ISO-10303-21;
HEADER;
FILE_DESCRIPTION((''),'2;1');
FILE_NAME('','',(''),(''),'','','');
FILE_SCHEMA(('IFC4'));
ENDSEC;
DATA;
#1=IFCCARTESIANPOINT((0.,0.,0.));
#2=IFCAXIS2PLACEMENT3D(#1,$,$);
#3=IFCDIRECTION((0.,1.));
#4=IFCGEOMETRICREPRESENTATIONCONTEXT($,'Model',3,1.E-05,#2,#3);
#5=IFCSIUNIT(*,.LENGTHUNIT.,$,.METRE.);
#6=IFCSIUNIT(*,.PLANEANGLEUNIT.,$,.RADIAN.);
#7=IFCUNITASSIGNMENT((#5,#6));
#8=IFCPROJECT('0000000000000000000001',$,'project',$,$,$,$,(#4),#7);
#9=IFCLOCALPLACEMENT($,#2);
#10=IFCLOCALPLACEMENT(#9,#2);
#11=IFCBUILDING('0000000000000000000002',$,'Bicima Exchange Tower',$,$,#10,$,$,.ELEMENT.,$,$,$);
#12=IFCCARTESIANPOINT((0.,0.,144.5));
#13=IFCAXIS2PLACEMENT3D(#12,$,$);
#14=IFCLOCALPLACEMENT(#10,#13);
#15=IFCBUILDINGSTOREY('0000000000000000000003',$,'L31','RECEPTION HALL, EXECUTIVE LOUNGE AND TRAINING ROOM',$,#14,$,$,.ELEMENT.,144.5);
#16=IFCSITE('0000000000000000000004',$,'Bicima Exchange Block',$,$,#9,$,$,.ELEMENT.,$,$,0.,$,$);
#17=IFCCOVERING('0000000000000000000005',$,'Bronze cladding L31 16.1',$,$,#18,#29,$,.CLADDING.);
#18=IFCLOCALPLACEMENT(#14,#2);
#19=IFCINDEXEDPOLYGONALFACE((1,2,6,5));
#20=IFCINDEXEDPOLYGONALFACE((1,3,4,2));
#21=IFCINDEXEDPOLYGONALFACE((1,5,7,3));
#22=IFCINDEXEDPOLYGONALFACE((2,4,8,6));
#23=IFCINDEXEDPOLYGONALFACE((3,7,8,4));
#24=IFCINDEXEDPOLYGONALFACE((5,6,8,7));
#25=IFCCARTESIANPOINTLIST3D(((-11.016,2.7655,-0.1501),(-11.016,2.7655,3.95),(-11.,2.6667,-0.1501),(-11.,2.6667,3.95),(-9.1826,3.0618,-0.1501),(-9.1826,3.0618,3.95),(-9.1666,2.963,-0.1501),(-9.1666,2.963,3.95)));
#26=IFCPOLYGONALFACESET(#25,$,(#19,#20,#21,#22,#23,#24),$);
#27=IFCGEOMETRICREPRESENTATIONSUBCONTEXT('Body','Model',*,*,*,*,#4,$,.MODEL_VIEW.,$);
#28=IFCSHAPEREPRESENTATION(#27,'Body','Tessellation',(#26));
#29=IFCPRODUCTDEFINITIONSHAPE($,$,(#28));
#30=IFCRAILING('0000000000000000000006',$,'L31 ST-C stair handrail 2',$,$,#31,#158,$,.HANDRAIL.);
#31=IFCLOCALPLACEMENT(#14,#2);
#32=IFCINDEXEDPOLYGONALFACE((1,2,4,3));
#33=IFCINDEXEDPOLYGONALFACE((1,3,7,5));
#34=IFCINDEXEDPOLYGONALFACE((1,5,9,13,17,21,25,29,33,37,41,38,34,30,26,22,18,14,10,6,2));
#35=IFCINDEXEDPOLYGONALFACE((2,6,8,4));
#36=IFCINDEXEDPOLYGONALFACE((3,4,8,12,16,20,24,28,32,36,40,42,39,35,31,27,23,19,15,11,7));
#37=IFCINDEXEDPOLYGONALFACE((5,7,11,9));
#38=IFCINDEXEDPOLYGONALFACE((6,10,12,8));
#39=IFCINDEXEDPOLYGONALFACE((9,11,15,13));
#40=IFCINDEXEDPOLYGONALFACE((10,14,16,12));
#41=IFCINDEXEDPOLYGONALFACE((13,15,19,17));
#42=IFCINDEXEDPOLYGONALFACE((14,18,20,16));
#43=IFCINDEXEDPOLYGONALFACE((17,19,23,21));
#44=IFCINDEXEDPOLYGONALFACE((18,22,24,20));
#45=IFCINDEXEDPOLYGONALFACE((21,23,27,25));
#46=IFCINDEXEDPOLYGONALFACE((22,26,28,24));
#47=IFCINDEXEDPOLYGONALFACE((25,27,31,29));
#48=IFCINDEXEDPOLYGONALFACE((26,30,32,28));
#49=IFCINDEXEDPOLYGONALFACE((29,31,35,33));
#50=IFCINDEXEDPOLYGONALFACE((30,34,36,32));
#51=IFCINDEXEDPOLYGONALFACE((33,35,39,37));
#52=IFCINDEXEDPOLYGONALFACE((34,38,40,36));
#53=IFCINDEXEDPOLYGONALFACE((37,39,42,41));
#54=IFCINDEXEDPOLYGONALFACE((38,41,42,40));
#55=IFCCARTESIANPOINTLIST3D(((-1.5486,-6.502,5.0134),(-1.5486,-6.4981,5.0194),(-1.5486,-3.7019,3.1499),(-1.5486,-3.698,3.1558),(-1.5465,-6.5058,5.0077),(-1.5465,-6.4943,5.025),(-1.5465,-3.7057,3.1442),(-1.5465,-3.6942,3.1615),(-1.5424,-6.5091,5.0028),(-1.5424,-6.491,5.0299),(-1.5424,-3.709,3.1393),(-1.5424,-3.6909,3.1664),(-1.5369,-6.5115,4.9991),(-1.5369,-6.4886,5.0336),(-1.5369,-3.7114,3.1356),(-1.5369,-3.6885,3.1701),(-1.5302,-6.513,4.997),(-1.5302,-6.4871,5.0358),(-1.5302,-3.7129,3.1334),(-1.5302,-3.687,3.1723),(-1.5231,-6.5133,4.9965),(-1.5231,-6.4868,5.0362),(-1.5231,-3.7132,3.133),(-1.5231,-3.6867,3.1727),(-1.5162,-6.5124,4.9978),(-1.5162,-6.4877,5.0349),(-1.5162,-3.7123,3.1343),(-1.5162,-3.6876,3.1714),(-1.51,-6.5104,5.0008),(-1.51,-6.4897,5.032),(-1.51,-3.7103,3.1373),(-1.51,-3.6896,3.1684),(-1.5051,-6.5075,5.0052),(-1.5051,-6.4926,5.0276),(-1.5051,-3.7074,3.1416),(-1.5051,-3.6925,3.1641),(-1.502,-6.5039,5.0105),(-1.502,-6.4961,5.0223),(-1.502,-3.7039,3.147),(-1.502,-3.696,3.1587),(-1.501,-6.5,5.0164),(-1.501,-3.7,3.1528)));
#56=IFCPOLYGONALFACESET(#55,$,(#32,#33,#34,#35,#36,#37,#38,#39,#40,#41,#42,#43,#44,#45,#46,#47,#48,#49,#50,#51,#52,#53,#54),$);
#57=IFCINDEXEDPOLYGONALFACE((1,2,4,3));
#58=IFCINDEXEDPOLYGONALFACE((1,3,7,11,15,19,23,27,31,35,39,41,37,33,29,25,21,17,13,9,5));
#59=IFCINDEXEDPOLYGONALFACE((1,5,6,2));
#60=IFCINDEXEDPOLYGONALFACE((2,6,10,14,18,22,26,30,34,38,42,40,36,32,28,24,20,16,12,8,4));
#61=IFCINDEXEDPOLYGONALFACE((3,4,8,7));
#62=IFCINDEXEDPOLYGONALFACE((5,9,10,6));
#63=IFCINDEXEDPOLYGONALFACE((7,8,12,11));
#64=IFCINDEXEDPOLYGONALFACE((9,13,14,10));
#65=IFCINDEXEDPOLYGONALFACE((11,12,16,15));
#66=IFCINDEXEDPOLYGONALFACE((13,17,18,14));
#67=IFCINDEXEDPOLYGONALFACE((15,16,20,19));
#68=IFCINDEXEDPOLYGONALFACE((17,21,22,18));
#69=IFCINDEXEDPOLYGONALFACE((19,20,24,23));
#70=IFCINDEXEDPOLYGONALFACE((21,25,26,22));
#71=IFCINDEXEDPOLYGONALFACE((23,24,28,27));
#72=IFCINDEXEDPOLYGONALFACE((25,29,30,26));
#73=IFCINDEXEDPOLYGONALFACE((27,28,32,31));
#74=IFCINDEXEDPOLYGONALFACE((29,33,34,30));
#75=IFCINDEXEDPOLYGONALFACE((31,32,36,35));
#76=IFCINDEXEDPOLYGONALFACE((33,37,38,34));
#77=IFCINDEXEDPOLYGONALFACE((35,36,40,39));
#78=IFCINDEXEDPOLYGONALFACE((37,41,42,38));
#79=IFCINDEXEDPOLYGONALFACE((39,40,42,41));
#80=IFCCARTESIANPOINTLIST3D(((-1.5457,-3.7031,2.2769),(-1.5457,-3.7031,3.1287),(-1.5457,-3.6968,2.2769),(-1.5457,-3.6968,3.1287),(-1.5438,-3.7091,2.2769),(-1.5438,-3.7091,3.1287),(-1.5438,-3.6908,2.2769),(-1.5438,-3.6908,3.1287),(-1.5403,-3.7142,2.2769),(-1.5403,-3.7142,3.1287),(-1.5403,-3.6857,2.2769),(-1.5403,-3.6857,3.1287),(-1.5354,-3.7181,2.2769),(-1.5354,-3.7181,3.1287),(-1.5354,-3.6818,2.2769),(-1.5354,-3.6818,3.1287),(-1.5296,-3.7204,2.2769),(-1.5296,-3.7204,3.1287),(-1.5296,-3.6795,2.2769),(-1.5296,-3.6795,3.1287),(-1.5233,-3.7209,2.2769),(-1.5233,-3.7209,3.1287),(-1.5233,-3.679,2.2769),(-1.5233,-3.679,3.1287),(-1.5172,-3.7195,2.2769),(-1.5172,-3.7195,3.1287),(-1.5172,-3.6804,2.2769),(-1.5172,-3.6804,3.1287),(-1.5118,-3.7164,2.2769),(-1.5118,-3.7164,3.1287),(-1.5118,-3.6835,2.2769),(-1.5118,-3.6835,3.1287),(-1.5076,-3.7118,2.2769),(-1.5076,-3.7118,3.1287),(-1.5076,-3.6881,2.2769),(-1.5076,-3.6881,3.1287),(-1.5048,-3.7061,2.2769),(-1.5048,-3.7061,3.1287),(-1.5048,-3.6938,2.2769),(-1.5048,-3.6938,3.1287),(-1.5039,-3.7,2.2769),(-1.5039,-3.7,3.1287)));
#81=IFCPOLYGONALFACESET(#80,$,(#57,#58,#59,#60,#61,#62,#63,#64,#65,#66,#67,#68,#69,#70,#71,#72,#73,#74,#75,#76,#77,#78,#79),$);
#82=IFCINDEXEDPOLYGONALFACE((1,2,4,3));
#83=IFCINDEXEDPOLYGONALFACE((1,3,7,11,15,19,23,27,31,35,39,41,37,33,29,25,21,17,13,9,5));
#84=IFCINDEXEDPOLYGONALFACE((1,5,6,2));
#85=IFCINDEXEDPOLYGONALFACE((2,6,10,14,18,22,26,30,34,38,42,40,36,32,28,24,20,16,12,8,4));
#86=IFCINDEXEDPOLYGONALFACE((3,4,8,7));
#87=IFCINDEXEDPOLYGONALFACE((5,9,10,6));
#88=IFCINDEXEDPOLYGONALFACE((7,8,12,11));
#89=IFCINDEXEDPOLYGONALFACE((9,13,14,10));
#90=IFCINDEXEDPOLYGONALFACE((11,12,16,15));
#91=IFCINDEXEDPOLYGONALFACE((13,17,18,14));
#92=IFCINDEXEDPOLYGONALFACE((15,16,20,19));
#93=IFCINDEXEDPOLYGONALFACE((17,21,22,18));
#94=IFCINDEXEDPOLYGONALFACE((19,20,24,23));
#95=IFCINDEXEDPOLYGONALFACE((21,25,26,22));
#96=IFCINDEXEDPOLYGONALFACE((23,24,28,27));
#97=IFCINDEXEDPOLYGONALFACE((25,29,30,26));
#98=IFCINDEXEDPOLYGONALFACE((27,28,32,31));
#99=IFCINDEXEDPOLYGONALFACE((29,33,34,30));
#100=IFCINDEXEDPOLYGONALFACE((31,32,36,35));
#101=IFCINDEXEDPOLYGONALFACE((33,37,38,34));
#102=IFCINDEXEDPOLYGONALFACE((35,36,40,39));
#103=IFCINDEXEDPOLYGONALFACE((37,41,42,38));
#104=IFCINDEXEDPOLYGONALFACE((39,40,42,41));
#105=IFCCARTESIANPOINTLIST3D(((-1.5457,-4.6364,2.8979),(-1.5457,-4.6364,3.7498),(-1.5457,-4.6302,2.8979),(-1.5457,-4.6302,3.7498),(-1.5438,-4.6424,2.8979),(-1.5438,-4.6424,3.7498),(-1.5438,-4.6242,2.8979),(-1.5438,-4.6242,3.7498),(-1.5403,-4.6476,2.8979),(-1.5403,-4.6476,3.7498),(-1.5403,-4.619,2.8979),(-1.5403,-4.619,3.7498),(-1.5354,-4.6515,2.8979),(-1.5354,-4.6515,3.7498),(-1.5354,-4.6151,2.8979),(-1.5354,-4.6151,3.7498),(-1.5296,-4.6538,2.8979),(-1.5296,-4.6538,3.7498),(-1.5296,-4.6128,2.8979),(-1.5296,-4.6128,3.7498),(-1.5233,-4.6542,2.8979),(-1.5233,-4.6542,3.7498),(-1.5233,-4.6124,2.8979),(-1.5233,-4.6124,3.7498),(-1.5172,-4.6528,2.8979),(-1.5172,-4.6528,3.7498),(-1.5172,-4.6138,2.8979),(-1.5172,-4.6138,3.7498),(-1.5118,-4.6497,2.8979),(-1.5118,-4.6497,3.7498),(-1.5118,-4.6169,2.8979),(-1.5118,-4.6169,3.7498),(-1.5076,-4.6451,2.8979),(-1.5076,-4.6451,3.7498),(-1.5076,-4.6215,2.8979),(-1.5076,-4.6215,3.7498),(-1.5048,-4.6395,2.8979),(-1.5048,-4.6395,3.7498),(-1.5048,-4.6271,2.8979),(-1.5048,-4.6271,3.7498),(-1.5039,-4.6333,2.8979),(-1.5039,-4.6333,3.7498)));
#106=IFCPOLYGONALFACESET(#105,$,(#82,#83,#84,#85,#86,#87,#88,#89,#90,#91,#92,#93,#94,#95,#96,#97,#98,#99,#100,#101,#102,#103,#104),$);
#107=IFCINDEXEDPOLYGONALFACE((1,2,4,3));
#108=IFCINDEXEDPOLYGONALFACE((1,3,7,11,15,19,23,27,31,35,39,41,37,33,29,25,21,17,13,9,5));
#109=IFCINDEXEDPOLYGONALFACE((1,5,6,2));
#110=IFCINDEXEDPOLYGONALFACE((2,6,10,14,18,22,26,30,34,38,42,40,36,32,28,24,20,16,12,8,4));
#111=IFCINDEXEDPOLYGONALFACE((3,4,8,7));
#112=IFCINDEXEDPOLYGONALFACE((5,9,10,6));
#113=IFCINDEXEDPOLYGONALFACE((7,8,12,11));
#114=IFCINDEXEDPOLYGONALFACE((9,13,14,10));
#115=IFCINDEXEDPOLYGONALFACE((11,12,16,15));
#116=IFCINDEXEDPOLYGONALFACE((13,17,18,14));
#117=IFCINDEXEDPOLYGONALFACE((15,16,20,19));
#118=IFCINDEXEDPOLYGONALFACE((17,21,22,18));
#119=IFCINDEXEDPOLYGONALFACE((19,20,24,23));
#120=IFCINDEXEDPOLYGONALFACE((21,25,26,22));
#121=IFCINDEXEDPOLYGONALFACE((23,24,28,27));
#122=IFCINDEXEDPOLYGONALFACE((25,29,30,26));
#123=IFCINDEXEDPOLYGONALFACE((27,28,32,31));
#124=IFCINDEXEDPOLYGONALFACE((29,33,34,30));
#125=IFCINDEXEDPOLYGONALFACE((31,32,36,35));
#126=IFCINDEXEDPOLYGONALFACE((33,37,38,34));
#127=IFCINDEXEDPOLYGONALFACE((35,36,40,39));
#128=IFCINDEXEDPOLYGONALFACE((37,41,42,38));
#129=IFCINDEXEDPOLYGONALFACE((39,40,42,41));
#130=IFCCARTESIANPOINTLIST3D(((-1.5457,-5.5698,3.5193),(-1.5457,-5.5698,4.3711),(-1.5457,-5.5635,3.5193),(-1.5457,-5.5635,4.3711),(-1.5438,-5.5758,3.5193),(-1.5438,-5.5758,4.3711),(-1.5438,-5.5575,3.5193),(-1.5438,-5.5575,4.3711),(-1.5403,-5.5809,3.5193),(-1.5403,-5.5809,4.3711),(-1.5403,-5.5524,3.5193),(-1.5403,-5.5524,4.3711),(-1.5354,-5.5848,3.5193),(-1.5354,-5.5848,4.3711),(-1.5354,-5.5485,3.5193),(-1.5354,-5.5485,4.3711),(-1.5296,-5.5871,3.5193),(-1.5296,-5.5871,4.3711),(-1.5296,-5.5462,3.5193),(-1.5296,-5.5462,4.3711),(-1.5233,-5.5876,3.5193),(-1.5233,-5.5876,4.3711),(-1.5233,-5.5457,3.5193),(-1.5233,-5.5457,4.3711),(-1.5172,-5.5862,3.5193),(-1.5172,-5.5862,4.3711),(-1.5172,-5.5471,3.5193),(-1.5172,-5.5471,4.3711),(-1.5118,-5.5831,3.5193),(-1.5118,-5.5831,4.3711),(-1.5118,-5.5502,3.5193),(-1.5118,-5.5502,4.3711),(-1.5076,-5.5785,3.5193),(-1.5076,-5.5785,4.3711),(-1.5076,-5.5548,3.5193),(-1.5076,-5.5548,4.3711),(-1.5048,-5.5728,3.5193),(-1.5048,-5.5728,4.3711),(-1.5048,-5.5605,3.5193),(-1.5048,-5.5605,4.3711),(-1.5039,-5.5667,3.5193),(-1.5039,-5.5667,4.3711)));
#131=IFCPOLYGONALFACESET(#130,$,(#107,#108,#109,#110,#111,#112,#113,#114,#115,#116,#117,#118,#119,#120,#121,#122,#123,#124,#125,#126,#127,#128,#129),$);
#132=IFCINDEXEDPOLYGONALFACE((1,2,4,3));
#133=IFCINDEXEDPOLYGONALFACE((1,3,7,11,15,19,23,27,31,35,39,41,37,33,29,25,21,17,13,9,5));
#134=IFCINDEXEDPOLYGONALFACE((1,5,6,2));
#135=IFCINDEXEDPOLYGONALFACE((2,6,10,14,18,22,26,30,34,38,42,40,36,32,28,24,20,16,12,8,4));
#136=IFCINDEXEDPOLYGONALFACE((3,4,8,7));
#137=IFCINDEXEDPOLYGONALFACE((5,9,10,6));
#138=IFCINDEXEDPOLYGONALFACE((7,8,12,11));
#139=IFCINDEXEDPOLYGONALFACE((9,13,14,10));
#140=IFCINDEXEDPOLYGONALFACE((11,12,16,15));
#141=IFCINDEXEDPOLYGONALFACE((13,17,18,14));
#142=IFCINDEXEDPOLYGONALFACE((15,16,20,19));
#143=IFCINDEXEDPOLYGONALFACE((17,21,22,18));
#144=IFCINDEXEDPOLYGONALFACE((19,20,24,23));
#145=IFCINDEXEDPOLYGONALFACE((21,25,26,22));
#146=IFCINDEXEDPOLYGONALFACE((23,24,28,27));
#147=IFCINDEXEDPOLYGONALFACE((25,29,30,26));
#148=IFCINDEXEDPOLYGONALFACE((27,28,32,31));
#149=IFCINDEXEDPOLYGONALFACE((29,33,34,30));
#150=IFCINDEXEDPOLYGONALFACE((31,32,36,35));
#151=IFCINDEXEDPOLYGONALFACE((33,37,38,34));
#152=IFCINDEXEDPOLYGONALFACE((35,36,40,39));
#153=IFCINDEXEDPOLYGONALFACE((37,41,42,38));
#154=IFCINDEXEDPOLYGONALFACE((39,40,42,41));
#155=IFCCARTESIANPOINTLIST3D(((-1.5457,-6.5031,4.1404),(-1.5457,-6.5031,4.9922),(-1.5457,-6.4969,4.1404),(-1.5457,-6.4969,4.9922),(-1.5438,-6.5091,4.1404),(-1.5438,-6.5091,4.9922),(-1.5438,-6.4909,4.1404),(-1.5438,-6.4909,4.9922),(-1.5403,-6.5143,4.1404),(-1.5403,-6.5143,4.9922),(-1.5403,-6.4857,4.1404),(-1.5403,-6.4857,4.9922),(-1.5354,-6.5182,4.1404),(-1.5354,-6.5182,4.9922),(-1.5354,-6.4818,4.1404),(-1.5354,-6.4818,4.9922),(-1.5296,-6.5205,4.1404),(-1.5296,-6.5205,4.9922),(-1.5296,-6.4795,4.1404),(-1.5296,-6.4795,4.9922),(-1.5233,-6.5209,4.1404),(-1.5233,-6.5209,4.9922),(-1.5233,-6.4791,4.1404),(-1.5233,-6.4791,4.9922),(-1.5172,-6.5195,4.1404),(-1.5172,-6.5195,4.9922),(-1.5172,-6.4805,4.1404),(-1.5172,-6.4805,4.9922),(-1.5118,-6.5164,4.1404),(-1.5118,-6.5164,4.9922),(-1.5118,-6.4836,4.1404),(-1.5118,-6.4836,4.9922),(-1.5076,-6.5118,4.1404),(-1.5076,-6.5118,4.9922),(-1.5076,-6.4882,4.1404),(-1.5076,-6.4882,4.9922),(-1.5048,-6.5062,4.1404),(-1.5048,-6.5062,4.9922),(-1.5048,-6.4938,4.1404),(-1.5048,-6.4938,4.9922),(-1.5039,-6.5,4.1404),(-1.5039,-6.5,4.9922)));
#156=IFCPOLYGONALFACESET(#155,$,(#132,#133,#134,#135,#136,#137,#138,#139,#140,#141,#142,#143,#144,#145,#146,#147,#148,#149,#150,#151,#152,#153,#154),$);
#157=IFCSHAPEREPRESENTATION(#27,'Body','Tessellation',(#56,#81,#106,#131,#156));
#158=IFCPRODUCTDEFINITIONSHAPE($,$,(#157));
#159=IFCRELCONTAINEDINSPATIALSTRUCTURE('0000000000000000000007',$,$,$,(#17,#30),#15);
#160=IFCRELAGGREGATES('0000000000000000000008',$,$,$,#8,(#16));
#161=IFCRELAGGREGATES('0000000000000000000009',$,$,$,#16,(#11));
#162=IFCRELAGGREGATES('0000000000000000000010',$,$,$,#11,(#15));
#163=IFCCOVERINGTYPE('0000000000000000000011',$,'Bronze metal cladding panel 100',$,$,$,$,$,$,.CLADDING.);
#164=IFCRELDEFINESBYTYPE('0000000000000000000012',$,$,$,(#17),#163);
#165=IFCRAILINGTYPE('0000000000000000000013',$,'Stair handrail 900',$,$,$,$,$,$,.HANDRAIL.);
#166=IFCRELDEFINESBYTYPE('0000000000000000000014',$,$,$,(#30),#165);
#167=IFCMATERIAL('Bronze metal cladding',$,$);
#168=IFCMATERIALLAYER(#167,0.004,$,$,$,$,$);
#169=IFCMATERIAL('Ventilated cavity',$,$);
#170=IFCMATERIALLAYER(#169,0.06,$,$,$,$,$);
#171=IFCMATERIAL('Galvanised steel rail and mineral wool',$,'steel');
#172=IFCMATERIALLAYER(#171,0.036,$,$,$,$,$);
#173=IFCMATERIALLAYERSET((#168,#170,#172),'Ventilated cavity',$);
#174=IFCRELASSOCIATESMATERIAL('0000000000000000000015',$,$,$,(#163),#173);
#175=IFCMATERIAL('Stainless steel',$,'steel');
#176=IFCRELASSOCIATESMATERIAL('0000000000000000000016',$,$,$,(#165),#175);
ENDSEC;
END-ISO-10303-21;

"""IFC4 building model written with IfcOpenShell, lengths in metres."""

from ifc_helpers import new_model, si_unit, direction, frame, origin, origin_2d, place, context, subcontext, project, spatial, rectangle, circle, extrude, material, layer, layer_set, type_object, element, save


model = new_model("IFC4")

# Units and contexts
model_context = context("Model", 3, precision=1e-05, world=origin(), true_north=direction((0.0, 1.0)))
body_context = subcontext(model_context, "Body", "Model", "MODEL_VIEW")
ifc_project = project(units=[si_unit("LENGTHUNIT", "METRE"), si_unit("PLANEANGLEUNIT", "RADIAN")], contexts=[model_context])

# Site, building, storey
site_placement = place(None, origin())
site = spatial("IfcSite", under=ifc_project, at=site_placement, Name="Bicima Exchange Block", CompositionType="ELEMENT", RefElevation=0.0)
building_placement = place(site_placement, origin())
building = spatial("IfcBuilding", under=site, at=building_placement, Name="Bicima Exchange Tower", CompositionType="ELEMENT")
storey_placement = place(building_placement, frame((0.0, 0.0, 144.5)))
storey = spatial("IfcBuildingStorey", under=building, at=storey_placement, Name="L31", Description="RECEPTION HALL, EXECUTIVE LOUNGE AND TRAINING ROOM", CompositionType="ELEMENT", Elevation=144.5)

# Covering
ifc_material_1 = material(Name="Bronze metal cladding")
ifc_layer_1 = layer(ifc_material_1, 0.004)
ifc_material_2 = material(Name="Ventilated cavity")
ifc_layer_2 = layer(ifc_material_2, 0.06)
ifc_material_3 = material(Name="Galvanised steel rail and mineral wool", Category="steel")
ifc_layer_3 = layer(ifc_material_3, 0.036)
ifc_layer_set_1 = layer_set([ifc_layer_1, ifc_layer_2, ifc_layer_3], Name="Ventilated cavity")
covering_type = type_object("IfcCoveringType", Name="Bronze metal cladding panel 100", PredefinedType="CLADDING", material=ifc_layer_set_1)
covering_1_placement = place(storey_placement, frame((-10.0913, 2.8643, -0.1501), z_axis=(0.0, 0.0, 1.0), x_axis=(-0.98719, -0.15955, 0.0)))
element("IfcCovering", 1, at=covering_1_placement, inside=storey, type_object=covering_type, Name="Bronze cladding L31 16.1", PredefinedType="CLADDING", context=body_context, shape_type="SweptSolid", body=[
    extrude(rectangle(XDim=1.8572, YDim=0.1001, at=origin_2d()), origin(), (0.0, 0.0, 1.0), 4.1001),
])

# Railing
ifc_material_4 = material(Name="Stainless steel", Category="steel")
railing_type = type_object("IfcRailingType", Name="Stair handrail 900", PredefinedType="HANDRAIL", material=ifc_material_4)
railing_placement = place(storey_placement, frame((-1.5249, -3.7, 2.2769)))
element("IfcRailing", 2, at=railing_placement, inside=storey, type_object=railing_type, Name="L31 ST-C stair handrail 2", PredefinedType="HANDRAIL", context=body_context, shape_type="SweptSolid", body=[
    extrude(circle(Radius=0.0239, at=origin_2d()), frame((0.0, 0.0, 0.876), z_axis=(0.0, -0.832486, 0.554047), x_axis=(1.0, 0.0, 0.0)), (0.0, 0.0, 1.0), 3.3635),
    extrude(circle(Radius=0.021, at=origin_2d()), origin(), (0.0, 0.0, 1.0), 0.8518),
    extrude(circle(Radius=0.021, at=origin_2d()), frame((0.0, -0.9333, 0.6211)), (0.0, 0.0, 1.0), 0.8518),
    extrude(circle(Radius=0.021, at=origin_2d()), frame((0.0, -1.8667, 1.2424)), (0.0, 0.0, 1.0), 0.8518),
    extrude(circle(Radius=0.021, at=origin_2d()), frame((0.0, -2.8, 1.8635)), (0.0, 0.0, 1.0), 0.8518),
])

save(model, "model.ifc")
